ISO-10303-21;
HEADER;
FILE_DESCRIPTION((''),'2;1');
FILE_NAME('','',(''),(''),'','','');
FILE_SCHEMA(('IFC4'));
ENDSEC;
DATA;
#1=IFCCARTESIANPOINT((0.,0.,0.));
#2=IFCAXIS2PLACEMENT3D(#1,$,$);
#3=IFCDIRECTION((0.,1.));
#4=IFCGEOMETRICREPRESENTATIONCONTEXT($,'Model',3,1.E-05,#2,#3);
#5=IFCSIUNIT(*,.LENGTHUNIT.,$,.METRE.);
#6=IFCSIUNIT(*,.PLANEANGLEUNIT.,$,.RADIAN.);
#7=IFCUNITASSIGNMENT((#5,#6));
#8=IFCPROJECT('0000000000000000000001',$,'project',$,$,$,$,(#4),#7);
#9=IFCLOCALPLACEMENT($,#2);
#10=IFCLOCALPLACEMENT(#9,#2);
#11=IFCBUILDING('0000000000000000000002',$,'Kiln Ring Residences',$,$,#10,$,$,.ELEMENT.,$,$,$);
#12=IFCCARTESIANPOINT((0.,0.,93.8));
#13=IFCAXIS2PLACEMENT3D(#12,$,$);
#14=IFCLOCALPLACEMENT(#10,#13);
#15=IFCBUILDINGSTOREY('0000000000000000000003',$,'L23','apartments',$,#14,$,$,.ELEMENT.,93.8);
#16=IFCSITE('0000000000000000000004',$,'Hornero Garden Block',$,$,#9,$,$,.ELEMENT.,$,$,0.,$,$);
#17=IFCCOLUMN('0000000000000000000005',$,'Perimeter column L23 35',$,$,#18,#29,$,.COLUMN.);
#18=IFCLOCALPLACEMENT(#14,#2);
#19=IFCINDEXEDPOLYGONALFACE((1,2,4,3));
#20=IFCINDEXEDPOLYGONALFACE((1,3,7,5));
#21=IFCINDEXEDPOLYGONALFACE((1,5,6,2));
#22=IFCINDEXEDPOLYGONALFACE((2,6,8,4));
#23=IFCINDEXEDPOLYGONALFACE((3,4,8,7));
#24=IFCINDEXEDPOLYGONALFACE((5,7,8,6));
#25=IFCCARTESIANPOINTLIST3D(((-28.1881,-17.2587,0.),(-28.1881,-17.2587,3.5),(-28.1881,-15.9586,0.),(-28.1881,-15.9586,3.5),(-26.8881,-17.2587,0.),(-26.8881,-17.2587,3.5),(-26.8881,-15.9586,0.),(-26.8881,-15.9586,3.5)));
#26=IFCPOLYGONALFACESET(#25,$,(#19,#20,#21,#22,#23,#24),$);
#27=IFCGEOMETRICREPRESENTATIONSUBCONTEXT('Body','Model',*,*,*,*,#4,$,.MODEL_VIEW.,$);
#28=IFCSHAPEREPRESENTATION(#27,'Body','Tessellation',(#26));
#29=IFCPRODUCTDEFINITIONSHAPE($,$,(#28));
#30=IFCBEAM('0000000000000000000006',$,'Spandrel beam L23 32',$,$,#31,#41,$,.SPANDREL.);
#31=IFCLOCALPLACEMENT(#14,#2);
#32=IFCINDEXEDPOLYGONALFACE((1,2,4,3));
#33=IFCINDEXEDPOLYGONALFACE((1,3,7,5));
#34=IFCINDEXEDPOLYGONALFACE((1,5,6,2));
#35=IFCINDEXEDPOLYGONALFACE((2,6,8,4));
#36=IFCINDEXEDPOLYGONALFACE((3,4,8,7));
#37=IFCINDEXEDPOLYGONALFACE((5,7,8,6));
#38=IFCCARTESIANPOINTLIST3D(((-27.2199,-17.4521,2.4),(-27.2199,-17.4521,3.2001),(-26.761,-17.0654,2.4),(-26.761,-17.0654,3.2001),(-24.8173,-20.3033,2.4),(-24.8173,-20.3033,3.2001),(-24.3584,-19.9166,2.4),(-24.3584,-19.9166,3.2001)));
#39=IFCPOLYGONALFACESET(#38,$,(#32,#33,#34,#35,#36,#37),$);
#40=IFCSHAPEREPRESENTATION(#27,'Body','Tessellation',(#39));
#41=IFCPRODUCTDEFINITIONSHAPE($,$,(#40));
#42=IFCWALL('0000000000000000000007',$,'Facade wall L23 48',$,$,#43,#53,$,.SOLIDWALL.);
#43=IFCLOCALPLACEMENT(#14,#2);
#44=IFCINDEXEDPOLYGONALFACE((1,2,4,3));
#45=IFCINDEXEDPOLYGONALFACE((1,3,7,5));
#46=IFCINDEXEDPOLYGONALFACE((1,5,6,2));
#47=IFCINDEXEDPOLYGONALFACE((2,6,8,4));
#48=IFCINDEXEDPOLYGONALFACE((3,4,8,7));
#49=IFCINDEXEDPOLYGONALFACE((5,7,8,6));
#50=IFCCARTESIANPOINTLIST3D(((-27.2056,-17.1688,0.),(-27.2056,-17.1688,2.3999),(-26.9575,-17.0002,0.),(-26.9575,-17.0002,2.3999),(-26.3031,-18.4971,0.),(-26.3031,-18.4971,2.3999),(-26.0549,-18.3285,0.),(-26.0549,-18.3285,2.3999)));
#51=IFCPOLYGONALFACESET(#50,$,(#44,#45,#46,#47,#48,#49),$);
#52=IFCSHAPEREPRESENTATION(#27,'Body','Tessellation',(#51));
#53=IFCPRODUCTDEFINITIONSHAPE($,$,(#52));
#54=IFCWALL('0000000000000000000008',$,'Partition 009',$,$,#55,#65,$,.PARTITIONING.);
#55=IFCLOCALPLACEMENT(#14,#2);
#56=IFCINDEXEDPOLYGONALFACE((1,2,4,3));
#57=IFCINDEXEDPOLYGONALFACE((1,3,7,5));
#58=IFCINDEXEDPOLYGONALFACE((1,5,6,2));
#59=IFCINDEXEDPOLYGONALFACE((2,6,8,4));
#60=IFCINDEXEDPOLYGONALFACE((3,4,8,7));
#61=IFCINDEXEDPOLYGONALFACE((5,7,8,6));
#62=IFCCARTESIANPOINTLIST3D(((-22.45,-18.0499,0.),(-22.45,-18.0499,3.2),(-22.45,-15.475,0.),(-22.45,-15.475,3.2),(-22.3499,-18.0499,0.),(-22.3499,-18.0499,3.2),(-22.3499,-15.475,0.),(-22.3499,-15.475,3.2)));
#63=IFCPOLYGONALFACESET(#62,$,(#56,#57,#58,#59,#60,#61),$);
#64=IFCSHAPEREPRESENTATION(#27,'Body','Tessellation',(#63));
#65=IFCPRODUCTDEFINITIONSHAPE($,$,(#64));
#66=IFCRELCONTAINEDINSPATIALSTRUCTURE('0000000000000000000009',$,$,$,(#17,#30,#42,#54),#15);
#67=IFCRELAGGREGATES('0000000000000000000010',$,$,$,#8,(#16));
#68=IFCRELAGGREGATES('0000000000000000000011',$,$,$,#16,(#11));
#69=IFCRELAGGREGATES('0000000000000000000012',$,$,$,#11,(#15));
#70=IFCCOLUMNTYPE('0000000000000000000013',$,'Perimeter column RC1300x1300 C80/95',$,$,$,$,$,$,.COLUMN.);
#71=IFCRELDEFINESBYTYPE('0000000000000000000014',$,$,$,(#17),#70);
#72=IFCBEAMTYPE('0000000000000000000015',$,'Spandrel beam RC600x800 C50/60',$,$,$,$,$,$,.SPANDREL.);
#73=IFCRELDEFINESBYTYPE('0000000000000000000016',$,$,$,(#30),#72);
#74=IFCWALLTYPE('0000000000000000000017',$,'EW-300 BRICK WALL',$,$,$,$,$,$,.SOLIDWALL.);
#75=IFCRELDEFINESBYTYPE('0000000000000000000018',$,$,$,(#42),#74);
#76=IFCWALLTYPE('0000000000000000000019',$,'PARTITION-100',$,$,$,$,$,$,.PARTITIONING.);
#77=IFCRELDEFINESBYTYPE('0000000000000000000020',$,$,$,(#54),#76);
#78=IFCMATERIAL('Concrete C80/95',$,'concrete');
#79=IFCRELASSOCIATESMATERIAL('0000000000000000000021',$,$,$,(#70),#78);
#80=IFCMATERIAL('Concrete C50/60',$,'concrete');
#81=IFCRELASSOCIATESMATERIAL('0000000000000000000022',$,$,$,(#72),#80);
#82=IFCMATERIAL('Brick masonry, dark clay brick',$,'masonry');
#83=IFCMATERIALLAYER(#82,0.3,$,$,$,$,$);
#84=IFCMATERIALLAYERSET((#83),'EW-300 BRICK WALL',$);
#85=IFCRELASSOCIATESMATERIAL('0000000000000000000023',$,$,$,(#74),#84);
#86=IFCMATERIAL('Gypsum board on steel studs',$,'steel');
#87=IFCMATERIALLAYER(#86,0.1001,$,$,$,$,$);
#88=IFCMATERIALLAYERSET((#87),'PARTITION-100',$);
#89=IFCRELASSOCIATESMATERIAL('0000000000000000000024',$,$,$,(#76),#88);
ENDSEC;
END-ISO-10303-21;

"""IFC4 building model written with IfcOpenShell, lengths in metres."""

from ifc_helpers import new_model, si_unit, direction, frame, frame_2d, origin, origin_2d, place, context, subcontext, project, spatial, rectangle, extrude, material, layer, layer_set, material_profile, profile_set, type_object, element, save


model = new_model("IFC4")

# Units and contexts
model_context = context("Model", 3, precision=1e-05, world=origin(), true_north=direction((0.0, 1.0)))
body_context = subcontext(model_context, "Body", "Model", "MODEL_VIEW")
ifc_project = project(units=[si_unit("LENGTHUNIT", "METRE"), si_unit("PLANEANGLEUNIT", "RADIAN")], contexts=[model_context])

# Site, building, storey
site_placement = place(None, origin())
site = spatial("IfcSite", under=ifc_project, at=site_placement, Name="Hornero Garden Block", CompositionType="ELEMENT", RefElevation=0.0)
building_placement = place(site_placement, origin())
building = spatial("IfcBuilding", under=site, at=building_placement, Name="Kiln Ring Residences", CompositionType="ELEMENT")
storey_placement = place(building_placement, frame((0.0, 0.0, 93.8)))
storey = spatial("IfcBuildingStorey", under=building, at=storey_placement, Name="L23", Description="apartments", CompositionType="ELEMENT", Elevation=93.8)

# Column
ifc_material_1 = material(Name="Concrete C80/95", Category="concrete")
ifc_material_profile_1 = material_profile(ifc_material_1, rectangle(XDim=1.3, YDim=1.3, at=origin_2d()), Name="RC1300x1300")
ifc_profile_set_1 = profile_set([ifc_material_profile_1], Name="Concrete C80/95")
column_type = type_object("IfcColumnType", Name="Perimeter column RC1300x1300 C80/95", PredefinedType="COLUMN", material=ifc_profile_set_1)
column_placement = place(storey_placement, frame((-27.5381, -16.6086, 0.0), z_axis=(0.0, 0.0, 1.0), x_axis=(1.0, 0.0, 0.0)))
element("IfcColumn", 1, at=column_placement, inside=storey, type_object=column_type, Name="Perimeter column L23 35", PredefinedType="COLUMN", context=body_context, shape_type="SweptSolid", body=[
    extrude(rectangle(XDim=1.3, YDim=1.3, at=origin_2d()), origin(), (0.0, 0.0, 1.0), 3.5),
])

# Beam
ifc_material_2 = material(Name="Concrete C50/60", Category="concrete")
ifc_material_profile_2 = material_profile(ifc_material_2, rectangle(XDim=0.6001, YDim=0.8, at=origin_2d()), Name="RC600x800")
ifc_profile_set_2 = profile_set([ifc_material_profile_2], Name="Concrete C50/60")
beam_type = type_object("IfcBeamType", Name="Spandrel beam RC600x800 C50/60", PredefinedType="SPANDREL", material=ifc_profile_set_2)
beam_placement = place(storey_placement, frame((-26.9905, -17.2588, 2.8), z_axis=(0.6444, -0.764689, 0.0), x_axis=(0.764689, 0.6444, 0.0)))
element("IfcBeam", 2, at=beam_placement, inside=storey, type_object=beam_type, Name="Spandrel beam L23 32", PredefinedType="SPANDREL", context=body_context, shape_type="SweptSolid", body=[
    extrude(rectangle(XDim=0.6001, YDim=0.8, at=origin_2d()), origin(), (0.0, 0.0, 1.0), 3.7285),
])

# Wall
ifc_material_3 = material(Name="Brick masonry, dark clay brick", Category="masonry")
ifc_layer_1 = layer(ifc_material_3, 0.3)
ifc_layer_set_1 = layer_set([ifc_layer_1], Name="EW-300 BRICK WALL")
wall_type_1 = type_object("IfcWallType", Name="EW-300 BRICK WALL", PredefinedType="SOLIDWALL", material=ifc_layer_set_1)
wall_1_placement = place(storey_placement, frame((-27.0815, -17.0845, 0.0), z_axis=(0.0, 0.0, 1.0), x_axis=(0.562011, -0.82713, 0.0)))
element("IfcWall", 3, at=wall_1_placement, inside=storey, type_object=wall_type_1, Name="Facade wall L23 48", PredefinedType="SOLIDWALL", context=body_context, shape_type="SweptSolid", body=[
    extrude(rectangle(XDim=1.606, YDim=0.3, at=frame_2d((0.803, 0.0))), origin(), (0.0, 0.0, 1.0), 2.3999),
])

# Shared definitions
ifc_material_4 = material(Name="Gypsum board on steel studs", Category="steel")
ifc_layer_2 = layer(ifc_material_4, 0.1001)
ifc_layer_set_2 = layer_set([ifc_layer_2], Name="PARTITION-100")
wall_type_2 = type_object("IfcWallType", Name="PARTITION-100", PredefinedType="PARTITIONING", material=ifc_layer_set_2)

# Wall
wall_2_placement = place(storey_placement, frame((-22.3999, -18.05, 0.0), z_axis=(0.0, 0.0, 1.0), x_axis=(0.0, 1.0, 0.0)))
element("IfcWall", 4, at=wall_2_placement, inside=storey, type_object=wall_type_2, Name="Partition 009", PredefinedType="PARTITIONING", context=body_context, shape_type="SweptSolid", body=[
    extrude(rectangle(XDim=2.575, YDim=0.1001, at=frame_2d((1.2876, 0.0))), origin(), (0.0, 0.0, 1.0), 3.2),
])

save(model, "model.ifc")
